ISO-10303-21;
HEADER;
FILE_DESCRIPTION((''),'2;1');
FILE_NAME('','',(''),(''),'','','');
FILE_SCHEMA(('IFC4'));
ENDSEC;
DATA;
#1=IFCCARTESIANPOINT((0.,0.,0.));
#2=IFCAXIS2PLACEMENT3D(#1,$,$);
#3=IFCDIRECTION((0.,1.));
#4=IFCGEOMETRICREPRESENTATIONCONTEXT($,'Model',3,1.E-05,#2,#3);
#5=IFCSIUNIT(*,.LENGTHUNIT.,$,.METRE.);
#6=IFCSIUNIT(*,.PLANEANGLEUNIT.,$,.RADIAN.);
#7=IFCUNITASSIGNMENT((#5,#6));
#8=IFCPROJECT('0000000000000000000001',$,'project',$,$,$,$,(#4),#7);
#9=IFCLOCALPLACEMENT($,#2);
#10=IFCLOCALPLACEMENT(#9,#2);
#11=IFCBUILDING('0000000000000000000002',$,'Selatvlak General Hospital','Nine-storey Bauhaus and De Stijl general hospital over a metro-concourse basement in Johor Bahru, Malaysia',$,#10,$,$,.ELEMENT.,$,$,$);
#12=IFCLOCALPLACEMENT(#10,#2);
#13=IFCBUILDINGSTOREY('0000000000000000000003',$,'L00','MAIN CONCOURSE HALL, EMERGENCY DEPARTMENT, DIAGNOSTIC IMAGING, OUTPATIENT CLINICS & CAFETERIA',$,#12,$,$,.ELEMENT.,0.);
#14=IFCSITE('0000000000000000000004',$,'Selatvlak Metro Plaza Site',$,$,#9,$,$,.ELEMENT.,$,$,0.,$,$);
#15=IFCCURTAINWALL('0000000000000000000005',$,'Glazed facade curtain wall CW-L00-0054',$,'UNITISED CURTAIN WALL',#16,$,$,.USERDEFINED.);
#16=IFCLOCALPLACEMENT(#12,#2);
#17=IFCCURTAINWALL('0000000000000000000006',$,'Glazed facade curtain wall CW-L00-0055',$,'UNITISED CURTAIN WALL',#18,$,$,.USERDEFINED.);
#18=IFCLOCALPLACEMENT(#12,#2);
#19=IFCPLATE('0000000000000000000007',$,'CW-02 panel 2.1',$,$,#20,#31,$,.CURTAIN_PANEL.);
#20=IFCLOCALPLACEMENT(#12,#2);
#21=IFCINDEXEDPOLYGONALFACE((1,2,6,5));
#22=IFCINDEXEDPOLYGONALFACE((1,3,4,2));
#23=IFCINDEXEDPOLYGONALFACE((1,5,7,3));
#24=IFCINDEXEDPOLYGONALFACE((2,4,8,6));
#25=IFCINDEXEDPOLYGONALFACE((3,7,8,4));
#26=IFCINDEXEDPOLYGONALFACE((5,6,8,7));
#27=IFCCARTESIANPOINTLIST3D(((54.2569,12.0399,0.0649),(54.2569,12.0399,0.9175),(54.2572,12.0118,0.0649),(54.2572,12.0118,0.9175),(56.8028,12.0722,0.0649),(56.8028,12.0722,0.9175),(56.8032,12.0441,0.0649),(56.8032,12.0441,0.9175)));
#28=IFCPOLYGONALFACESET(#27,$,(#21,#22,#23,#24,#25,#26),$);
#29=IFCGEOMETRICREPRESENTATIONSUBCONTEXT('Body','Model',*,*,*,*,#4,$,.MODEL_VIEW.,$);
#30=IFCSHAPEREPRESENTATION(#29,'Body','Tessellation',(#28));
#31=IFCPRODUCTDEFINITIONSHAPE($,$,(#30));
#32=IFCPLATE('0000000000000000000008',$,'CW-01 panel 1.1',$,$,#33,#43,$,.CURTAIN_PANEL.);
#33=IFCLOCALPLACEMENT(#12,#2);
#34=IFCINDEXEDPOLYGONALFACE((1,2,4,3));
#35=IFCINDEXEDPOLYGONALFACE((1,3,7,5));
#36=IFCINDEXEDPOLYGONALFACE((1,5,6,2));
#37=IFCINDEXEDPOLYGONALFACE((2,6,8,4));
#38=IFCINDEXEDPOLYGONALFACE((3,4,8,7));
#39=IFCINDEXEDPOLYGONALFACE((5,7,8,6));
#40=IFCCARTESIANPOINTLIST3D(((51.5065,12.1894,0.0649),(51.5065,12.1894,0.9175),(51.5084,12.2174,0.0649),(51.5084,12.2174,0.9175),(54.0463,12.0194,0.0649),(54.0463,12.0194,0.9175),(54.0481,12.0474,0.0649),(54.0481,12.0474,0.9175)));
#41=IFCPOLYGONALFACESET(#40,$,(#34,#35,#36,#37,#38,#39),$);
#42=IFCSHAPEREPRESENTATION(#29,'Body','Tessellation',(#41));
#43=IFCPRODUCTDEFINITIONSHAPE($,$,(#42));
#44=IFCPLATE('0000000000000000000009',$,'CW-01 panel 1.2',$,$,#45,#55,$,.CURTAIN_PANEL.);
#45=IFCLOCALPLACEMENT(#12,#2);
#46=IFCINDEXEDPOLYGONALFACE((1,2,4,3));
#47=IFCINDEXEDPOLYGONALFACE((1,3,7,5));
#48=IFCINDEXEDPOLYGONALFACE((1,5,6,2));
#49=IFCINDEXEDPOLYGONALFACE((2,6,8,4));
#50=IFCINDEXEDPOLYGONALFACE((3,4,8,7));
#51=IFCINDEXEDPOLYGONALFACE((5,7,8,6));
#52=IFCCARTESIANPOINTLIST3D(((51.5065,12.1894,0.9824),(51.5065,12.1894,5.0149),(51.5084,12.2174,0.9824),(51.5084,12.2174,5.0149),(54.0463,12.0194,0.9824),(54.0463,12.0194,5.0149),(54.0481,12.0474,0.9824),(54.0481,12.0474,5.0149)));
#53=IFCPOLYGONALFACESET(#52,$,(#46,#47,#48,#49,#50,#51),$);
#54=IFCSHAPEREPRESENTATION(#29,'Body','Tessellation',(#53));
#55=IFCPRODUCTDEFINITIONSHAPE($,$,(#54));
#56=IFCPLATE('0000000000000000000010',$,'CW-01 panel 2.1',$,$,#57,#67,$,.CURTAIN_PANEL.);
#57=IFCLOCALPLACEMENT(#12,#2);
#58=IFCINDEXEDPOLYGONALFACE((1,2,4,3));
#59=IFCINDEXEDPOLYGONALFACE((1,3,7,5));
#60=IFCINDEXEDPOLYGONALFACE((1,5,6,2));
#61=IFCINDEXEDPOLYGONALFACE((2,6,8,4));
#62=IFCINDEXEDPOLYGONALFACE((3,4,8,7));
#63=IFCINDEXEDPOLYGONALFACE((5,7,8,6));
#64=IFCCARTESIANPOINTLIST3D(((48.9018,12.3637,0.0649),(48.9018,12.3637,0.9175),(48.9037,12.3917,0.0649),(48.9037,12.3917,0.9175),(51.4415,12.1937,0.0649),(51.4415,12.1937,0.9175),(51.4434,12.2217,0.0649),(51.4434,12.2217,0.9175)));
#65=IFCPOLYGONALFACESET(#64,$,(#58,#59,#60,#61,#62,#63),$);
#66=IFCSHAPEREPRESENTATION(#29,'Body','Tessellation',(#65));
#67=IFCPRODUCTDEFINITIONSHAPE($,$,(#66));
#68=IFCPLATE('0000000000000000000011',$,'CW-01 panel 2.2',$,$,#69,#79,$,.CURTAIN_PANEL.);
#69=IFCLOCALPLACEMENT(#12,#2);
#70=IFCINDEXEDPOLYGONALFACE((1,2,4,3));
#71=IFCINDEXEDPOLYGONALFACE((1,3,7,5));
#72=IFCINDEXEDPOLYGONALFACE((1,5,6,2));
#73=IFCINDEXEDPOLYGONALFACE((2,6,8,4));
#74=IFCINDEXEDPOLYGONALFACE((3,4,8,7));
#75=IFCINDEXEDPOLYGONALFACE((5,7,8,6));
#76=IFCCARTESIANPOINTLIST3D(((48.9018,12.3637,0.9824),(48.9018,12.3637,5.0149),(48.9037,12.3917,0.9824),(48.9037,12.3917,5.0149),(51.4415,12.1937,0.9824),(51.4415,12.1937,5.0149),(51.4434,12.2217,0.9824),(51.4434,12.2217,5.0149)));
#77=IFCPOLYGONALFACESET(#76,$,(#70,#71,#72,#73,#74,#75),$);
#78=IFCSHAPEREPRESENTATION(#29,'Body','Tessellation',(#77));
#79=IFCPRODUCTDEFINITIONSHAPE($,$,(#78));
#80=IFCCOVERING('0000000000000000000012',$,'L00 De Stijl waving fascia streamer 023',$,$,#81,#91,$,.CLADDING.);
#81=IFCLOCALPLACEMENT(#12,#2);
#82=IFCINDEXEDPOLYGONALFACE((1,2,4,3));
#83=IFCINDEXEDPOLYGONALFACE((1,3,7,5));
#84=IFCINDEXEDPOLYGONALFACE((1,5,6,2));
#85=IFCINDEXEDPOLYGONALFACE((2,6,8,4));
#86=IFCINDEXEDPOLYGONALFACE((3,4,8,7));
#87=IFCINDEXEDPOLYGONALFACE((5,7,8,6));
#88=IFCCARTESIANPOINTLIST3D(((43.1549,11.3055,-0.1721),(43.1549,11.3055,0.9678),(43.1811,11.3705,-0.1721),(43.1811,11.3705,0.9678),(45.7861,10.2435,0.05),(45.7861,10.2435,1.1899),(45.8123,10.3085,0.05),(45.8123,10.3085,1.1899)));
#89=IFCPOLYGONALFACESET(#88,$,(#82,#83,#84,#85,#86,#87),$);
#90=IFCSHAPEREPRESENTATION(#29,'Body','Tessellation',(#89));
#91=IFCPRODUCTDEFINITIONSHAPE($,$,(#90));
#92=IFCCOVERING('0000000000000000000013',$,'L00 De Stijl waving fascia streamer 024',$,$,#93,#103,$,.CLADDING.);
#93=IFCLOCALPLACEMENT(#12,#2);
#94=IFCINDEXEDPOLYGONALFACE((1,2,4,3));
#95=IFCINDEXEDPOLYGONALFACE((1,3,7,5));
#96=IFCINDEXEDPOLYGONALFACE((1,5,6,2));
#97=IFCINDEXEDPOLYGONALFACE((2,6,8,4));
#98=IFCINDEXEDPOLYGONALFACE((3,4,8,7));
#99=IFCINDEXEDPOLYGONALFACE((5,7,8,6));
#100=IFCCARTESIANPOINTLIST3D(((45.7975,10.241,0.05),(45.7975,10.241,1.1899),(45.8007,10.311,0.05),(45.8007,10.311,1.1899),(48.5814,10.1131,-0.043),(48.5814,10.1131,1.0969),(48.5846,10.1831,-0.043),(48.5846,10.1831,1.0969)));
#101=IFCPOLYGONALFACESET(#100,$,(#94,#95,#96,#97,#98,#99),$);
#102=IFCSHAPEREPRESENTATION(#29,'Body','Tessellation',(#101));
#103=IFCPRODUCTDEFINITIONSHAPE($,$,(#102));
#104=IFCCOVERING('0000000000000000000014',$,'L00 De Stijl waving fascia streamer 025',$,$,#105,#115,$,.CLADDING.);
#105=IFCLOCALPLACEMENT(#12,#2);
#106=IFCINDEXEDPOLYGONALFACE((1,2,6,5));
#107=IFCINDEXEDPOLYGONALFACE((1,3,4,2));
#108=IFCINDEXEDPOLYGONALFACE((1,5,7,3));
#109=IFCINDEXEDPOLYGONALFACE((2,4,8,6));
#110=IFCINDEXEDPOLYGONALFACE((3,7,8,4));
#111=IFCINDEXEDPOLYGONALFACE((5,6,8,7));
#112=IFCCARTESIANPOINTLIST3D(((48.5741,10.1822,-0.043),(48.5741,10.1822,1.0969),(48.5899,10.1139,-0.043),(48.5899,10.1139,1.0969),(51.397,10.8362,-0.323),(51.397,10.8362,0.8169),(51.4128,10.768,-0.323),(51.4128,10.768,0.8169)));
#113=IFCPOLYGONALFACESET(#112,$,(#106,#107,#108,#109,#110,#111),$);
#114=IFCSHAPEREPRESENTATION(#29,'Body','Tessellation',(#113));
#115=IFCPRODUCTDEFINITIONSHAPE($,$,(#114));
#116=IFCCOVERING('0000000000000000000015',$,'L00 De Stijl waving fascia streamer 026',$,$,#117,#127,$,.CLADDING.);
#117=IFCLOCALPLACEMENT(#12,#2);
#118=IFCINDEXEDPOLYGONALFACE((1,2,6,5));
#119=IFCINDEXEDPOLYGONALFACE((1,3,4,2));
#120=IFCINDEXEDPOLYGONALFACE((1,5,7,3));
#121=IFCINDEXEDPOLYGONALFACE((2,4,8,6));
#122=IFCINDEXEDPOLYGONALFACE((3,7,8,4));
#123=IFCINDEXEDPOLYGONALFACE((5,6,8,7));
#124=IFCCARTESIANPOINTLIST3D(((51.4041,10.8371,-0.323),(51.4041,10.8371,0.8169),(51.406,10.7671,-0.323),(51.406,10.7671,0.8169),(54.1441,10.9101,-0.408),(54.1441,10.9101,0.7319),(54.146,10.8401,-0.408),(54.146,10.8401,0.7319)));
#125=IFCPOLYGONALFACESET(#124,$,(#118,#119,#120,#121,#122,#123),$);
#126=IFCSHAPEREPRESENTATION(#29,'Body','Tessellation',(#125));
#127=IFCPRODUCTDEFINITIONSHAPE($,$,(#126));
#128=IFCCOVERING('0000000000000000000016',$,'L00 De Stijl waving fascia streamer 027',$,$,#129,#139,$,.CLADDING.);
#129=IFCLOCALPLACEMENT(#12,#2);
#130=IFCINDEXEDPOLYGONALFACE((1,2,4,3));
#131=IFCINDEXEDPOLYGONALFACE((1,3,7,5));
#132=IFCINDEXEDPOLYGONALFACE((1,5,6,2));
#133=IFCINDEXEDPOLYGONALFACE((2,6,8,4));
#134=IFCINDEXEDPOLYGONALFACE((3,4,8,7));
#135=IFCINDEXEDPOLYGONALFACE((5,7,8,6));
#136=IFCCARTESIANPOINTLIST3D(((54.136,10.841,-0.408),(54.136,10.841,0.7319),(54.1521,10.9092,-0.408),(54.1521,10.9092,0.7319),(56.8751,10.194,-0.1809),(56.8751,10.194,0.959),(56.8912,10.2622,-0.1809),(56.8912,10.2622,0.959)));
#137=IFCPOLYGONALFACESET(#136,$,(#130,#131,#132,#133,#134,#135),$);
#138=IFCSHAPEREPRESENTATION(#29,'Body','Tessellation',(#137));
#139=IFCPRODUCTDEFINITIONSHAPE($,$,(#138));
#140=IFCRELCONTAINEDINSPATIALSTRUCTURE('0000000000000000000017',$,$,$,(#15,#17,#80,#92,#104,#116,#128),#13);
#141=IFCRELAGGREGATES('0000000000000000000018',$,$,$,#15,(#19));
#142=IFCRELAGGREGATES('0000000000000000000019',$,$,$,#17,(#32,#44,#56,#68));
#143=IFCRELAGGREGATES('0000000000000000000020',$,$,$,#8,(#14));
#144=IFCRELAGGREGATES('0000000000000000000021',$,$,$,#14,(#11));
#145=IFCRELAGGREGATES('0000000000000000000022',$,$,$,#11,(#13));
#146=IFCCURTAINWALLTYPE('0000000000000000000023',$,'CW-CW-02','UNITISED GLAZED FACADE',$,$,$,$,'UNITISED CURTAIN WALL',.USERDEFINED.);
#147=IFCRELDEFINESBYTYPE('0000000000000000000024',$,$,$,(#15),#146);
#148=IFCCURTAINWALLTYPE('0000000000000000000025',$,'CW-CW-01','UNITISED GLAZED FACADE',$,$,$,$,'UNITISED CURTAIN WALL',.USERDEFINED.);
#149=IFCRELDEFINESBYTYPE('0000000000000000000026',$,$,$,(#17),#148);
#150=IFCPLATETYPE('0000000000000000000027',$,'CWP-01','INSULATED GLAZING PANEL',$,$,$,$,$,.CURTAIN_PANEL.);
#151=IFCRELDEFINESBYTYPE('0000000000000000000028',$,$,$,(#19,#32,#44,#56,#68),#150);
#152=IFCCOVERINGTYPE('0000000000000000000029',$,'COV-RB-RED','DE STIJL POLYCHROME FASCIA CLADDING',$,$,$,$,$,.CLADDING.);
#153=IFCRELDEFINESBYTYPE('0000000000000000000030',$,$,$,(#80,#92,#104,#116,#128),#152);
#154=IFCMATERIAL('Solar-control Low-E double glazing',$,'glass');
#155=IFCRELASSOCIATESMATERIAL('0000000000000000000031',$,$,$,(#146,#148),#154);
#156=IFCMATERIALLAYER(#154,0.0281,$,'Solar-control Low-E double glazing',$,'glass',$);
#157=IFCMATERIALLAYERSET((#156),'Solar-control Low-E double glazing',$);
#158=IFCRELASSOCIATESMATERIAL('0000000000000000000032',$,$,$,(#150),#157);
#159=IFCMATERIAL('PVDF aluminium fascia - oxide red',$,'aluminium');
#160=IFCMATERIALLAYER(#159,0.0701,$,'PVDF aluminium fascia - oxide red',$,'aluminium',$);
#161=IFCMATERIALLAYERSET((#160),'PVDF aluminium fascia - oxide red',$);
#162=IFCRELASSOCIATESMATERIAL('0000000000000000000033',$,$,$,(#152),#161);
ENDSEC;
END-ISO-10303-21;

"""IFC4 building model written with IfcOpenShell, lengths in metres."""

from ifc_helpers import new_model, si_unit, direction, frame, origin, origin_2d, place, context, subcontext, project, spatial, polyline, rectangle, outline, extrude, material, layer, layer_set, type_object, element, aggregate, save


model = new_model("IFC4")

# Units and contexts
model_context = context("Model", 3, precision=1e-05, world=origin(), true_north=direction((0.0, 1.0)))
body_context = subcontext(model_context, "Body", "Model", "MODEL_VIEW")
ifc_project = project(units=[si_unit("LENGTHUNIT", "METRE"), si_unit("PLANEANGLEUNIT", "RADIAN")], contexts=[model_context])

# Site, building, storey
site_placement = place(None, origin())
site = spatial("IfcSite", under=ifc_project, at=site_placement, Name="Selatvlak Metro Plaza Site", CompositionType="ELEMENT", RefElevation=0.0)
building_placement = place(site_placement, origin())
building = spatial("IfcBuilding", under=site, at=building_placement, Name="Selatvlak General Hospital", Description="Nine-storey Bauhaus and De Stijl general hospital over a metro-concourse basement in Johor Bahru, Malaysia", CompositionType="ELEMENT")
storey_placement = place(building_placement, origin())
storey = spatial("IfcBuildingStorey", under=building, at=storey_placement, Name="L00", Description="MAIN CONCOURSE HALL, EMERGENCY DEPARTMENT, DIAGNOSTIC IMAGING, OUTPATIENT CLINICS & CAFETERIA", CompositionType="ELEMENT", Elevation=0.0)

# Curtain wall
ifc_material_1 = material(Name="Solar-control Low-E double glazing", Category="glass")
curtain_wall_type_1 = type_object("IfcCurtainWallType", Name="CW-CW-02", Description="UNITISED GLAZED FACADE", ElementType="UNITISED CURTAIN WALL", PredefinedType="USERDEFINED", material=ifc_material_1)
curtain_wall_1_placement = place(storey_placement, origin())
curtain_wall_1 = element("IfcCurtainWall", 1, at=curtain_wall_1_placement, inside=storey, type_object=curtain_wall_type_1, Name="Glazed facade curtain wall CW-L00-0054", ObjectType="UNITISED CURTAIN WALL", PredefinedType="USERDEFINED")

# Curtain wall
curtain_wall_type_2 = type_object("IfcCurtainWallType", Name="CW-CW-01", Description="UNITISED GLAZED FACADE", ElementType="UNITISED CURTAIN WALL", PredefinedType="USERDEFINED", material=ifc_material_1)
curtain_wall_2_placement = place(storey_placement, origin())
curtain_wall_2 = element("IfcCurtainWall", 2, at=curtain_wall_2_placement, inside=storey, type_object=curtain_wall_type_2, Name="Glazed facade curtain wall CW-L00-0055", ObjectType="UNITISED CURTAIN WALL", PredefinedType="USERDEFINED")

# Plates
ifc_layer_1 = layer(ifc_material_1, 0.0281, Name="Solar-control Low-E double glazing", Category="glass")
ifc_layer_set_1 = layer_set([ifc_layer_1], Name="Solar-control Low-E double glazing")
plate_type = type_object("IfcPlateType", Name="CWP-01", Description="INSULATED GLAZING PANEL", PredefinedType="CURTAIN_PANEL", material=ifc_layer_set_1)
plate_1_placement = place(storey_placement, frame((55.53, 12.042, 0.0649), z_axis=(0.0, 0.0, 1.0), x_axis=(-0.99992, -0.012672, 0.0)))
plate_1 = element("IfcPlate", 3, at=plate_1_placement, type_object=plate_type, Name="CW-02 panel 2.1", PredefinedType="CURTAIN_PANEL", context=body_context, shape_type="SweptSolid", body=[
    extrude(rectangle(XDim=2.5461, YDim=0.0281, at=origin_2d()), origin(), (0.0, 0.0, 1.0), 0.8525),
])
aggregate(curtain_wall_1, [plate_1])
plate_2_placement = place(storey_placement, frame((52.7773, 12.1184, 0.0649), z_axis=(0.0, 0.0, 1.0), x_axis=(-0.997768, 0.066783, 0.0)))
plate_2 = element("IfcPlate", 4, at=plate_2_placement, type_object=plate_type, Name="CW-01 panel 1.1", PredefinedType="CURTAIN_PANEL", context=body_context, shape_type="SweptSolid", body=[
    extrude(rectangle(XDim=2.5454, YDim=0.0281, at=origin_2d()), origin(), (0.0, 0.0, 1.0), 0.8525),
])
plate_3_placement = place(storey_placement, frame((52.7773, 12.1184, 0.9824), z_axis=(0.0, 0.0, 1.0), x_axis=(-0.997768, 0.066783, 0.0)))
plate_3 = element("IfcPlate", 5, at=plate_3_placement, type_object=plate_type, Name="CW-01 panel 1.2", PredefinedType="CURTAIN_PANEL", context=body_context, shape_type="SweptSolid", body=[
    extrude(rectangle(XDim=2.5454, YDim=0.0281, at=origin_2d()), origin(), (0.0, 0.0, 1.0), 4.0325),
])
plate_4_placement = place(storey_placement, frame((50.1726, 12.2927, 0.0649), z_axis=(0.0, 0.0, 1.0), x_axis=(-0.997768, 0.066783, 0.0)))
plate_4 = element("IfcPlate", 6, at=plate_4_placement, type_object=plate_type, Name="CW-01 panel 2.1", PredefinedType="CURTAIN_PANEL", context=body_context, shape_type="SweptSolid", body=[
    extrude(rectangle(XDim=2.5454, YDim=0.0281, at=origin_2d()), origin(), (0.0, 0.0, 1.0), 0.8525),
])
plate_5_placement = place(storey_placement, frame((50.1726, 12.2927, 0.9824), z_axis=(0.0, 0.0, 1.0), x_axis=(-0.997768, 0.066783, 0.0)))
plate_5 = element("IfcPlate", 7, at=plate_5_placement, type_object=plate_type, Name="CW-01 panel 2.2", PredefinedType="CURTAIN_PANEL", context=body_context, shape_type="SweptSolid", body=[
    extrude(rectangle(XDim=2.5454, YDim=0.0281, at=origin_2d()), origin(), (0.0, 0.0, 1.0), 4.0325),
])
aggregate(curtain_wall_2, [plate_2, plate_3, plate_4, plate_5])

# Coverings
ifc_material_2 = material(Name="PVDF aluminium fascia - oxide red", Category="aluminium")
ifc_layer_2 = layer(ifc_material_2, 0.0701, Name="PVDF aluminium fascia - oxide red", Category="aluminium")
ifc_layer_set_2 = layer_set([ifc_layer_2], Name="PVDF aluminium fascia - oxide red")
covering_type = type_object("IfcCoveringType", Name="COV-RB-RED", Description="DE STIJL POLYCHROME FASCIA CLADDING", PredefinedType="CLADDING", material=ifc_layer_set_2)
covering_1_placement = place(storey_placement, frame((43.168, 11.3379, -0.1721), z_axis=(0.0, 0.0, 1.0), x_axis=(0.927309, -0.374297, 0.0)))
element("IfcCovering", 8, at=covering_1_placement, inside=storey, type_object=covering_type, Name="L00 De Stijl waving fascia streamer 023", PredefinedType="CLADDING", context=body_context, shape_type="SweptSolid", body=[
    extrude(outline(polyline([(0.0, 0.0), (2.8374, 0.2222), (2.8374, 1.3621), (0.0, 1.1399), (0.0, 0.0)])), frame((0.0, 0.0352, 0.0), z_axis=(0.0, -1.0, 0.0), x_axis=(1.0, 0.0, 0.0)), (0.0, 0.0, 1.0), 0.0701),
])
covering_2_placement = place(storey_placement, frame((45.7991, 10.2759, 0.05), z_axis=(0.0, 0.0, 1.0), x_axis=(0.998946, -0.045904, 0.0)))
element("IfcCovering", 9, at=covering_2_placement, inside=storey, type_object=covering_type, Name="L00 De Stijl waving fascia streamer 024", PredefinedType="CLADDING", context=body_context, shape_type="SweptSolid", body=[
    extrude(outline(polyline([(0.0, 0.0), (2.7869, -0.093), (2.7869, 1.0469), (0.0, 1.1399), (0.0, 0.0)])), frame((0.0, 0.0352, 0.0), z_axis=(0.0, -1.0, 0.0), x_axis=(1.0, 0.0, 0.0)), (0.0, 0.0, 1.0), 0.0701),
])
covering_3_placement = place(storey_placement, frame((48.582, 10.1479, -0.043), z_axis=(0.0, 0.0, 1.0), x_axis=(0.974195, 0.225709, 0.0)))
element("IfcCovering", 10, at=covering_3_placement, inside=storey, type_object=covering_type, Name="L00 De Stijl waving fascia streamer 025", PredefinedType="CLADDING", context=body_context, shape_type="SweptSolid", body=[
    extrude(outline(polyline([(0.0, 0.0), (2.8977, -0.28), (2.8977, 0.8599), (0.0, 1.1399), (0.0, 0.0)])), frame((0.0, 0.0352, 0.0), z_axis=(0.0, -1.0, 0.0), x_axis=(1.0, 0.0, 0.0)), (0.0, 0.0, 1.0), 0.0701),
])
covering_4_placement = place(storey_placement, frame((51.405, 10.802, -0.323), z_axis=(0.0, 0.0, 1.0), x_axis=(0.999645, 0.026632, 0.0)))
element("IfcCovering", 11, at=covering_4_placement, inside=storey, type_object=covering_type, Name="L00 De Stijl waving fascia streamer 026", PredefinedType="CLADDING", context=body_context, shape_type="SweptSolid", body=[
    extrude(outline(polyline([(0.0, 0.0), (2.741, -0.085), (2.741, 1.0549), (0.0, 1.1399), (0.0, 0.0)])), frame((0.0, 0.0352, 0.0), z_axis=(0.0, -1.0, 0.0), x_axis=(1.0, 0.0, 0.0)), (0.0, 0.0, 1.0), 0.0701),
])
covering_5_placement = place(storey_placement, frame((54.144, 10.875, -0.408), z_axis=(0.0, 0.0, 1.0), x_axis=(0.973219, -0.229881, 0.0)))
element("IfcCovering", 12, at=covering_5_placement, inside=storey, type_object=covering_type, Name="L00 De Stijl waving fascia streamer 027", PredefinedType="CLADDING", context=body_context, shape_type="SweptSolid", body=[
    extrude(outline(polyline([(0.0, 0.0), (2.8145, 0.2271), (2.8145, 1.3669), (0.0, 1.1399), (0.0, 0.0)])), frame((0.0, 0.0352, 0.0), z_axis=(0.0, -1.0, 0.0), x_axis=(1.0, 0.0, 0.0)), (0.0, 0.0, 1.0), 0.0701),
])

save(model, "model.ifc")
